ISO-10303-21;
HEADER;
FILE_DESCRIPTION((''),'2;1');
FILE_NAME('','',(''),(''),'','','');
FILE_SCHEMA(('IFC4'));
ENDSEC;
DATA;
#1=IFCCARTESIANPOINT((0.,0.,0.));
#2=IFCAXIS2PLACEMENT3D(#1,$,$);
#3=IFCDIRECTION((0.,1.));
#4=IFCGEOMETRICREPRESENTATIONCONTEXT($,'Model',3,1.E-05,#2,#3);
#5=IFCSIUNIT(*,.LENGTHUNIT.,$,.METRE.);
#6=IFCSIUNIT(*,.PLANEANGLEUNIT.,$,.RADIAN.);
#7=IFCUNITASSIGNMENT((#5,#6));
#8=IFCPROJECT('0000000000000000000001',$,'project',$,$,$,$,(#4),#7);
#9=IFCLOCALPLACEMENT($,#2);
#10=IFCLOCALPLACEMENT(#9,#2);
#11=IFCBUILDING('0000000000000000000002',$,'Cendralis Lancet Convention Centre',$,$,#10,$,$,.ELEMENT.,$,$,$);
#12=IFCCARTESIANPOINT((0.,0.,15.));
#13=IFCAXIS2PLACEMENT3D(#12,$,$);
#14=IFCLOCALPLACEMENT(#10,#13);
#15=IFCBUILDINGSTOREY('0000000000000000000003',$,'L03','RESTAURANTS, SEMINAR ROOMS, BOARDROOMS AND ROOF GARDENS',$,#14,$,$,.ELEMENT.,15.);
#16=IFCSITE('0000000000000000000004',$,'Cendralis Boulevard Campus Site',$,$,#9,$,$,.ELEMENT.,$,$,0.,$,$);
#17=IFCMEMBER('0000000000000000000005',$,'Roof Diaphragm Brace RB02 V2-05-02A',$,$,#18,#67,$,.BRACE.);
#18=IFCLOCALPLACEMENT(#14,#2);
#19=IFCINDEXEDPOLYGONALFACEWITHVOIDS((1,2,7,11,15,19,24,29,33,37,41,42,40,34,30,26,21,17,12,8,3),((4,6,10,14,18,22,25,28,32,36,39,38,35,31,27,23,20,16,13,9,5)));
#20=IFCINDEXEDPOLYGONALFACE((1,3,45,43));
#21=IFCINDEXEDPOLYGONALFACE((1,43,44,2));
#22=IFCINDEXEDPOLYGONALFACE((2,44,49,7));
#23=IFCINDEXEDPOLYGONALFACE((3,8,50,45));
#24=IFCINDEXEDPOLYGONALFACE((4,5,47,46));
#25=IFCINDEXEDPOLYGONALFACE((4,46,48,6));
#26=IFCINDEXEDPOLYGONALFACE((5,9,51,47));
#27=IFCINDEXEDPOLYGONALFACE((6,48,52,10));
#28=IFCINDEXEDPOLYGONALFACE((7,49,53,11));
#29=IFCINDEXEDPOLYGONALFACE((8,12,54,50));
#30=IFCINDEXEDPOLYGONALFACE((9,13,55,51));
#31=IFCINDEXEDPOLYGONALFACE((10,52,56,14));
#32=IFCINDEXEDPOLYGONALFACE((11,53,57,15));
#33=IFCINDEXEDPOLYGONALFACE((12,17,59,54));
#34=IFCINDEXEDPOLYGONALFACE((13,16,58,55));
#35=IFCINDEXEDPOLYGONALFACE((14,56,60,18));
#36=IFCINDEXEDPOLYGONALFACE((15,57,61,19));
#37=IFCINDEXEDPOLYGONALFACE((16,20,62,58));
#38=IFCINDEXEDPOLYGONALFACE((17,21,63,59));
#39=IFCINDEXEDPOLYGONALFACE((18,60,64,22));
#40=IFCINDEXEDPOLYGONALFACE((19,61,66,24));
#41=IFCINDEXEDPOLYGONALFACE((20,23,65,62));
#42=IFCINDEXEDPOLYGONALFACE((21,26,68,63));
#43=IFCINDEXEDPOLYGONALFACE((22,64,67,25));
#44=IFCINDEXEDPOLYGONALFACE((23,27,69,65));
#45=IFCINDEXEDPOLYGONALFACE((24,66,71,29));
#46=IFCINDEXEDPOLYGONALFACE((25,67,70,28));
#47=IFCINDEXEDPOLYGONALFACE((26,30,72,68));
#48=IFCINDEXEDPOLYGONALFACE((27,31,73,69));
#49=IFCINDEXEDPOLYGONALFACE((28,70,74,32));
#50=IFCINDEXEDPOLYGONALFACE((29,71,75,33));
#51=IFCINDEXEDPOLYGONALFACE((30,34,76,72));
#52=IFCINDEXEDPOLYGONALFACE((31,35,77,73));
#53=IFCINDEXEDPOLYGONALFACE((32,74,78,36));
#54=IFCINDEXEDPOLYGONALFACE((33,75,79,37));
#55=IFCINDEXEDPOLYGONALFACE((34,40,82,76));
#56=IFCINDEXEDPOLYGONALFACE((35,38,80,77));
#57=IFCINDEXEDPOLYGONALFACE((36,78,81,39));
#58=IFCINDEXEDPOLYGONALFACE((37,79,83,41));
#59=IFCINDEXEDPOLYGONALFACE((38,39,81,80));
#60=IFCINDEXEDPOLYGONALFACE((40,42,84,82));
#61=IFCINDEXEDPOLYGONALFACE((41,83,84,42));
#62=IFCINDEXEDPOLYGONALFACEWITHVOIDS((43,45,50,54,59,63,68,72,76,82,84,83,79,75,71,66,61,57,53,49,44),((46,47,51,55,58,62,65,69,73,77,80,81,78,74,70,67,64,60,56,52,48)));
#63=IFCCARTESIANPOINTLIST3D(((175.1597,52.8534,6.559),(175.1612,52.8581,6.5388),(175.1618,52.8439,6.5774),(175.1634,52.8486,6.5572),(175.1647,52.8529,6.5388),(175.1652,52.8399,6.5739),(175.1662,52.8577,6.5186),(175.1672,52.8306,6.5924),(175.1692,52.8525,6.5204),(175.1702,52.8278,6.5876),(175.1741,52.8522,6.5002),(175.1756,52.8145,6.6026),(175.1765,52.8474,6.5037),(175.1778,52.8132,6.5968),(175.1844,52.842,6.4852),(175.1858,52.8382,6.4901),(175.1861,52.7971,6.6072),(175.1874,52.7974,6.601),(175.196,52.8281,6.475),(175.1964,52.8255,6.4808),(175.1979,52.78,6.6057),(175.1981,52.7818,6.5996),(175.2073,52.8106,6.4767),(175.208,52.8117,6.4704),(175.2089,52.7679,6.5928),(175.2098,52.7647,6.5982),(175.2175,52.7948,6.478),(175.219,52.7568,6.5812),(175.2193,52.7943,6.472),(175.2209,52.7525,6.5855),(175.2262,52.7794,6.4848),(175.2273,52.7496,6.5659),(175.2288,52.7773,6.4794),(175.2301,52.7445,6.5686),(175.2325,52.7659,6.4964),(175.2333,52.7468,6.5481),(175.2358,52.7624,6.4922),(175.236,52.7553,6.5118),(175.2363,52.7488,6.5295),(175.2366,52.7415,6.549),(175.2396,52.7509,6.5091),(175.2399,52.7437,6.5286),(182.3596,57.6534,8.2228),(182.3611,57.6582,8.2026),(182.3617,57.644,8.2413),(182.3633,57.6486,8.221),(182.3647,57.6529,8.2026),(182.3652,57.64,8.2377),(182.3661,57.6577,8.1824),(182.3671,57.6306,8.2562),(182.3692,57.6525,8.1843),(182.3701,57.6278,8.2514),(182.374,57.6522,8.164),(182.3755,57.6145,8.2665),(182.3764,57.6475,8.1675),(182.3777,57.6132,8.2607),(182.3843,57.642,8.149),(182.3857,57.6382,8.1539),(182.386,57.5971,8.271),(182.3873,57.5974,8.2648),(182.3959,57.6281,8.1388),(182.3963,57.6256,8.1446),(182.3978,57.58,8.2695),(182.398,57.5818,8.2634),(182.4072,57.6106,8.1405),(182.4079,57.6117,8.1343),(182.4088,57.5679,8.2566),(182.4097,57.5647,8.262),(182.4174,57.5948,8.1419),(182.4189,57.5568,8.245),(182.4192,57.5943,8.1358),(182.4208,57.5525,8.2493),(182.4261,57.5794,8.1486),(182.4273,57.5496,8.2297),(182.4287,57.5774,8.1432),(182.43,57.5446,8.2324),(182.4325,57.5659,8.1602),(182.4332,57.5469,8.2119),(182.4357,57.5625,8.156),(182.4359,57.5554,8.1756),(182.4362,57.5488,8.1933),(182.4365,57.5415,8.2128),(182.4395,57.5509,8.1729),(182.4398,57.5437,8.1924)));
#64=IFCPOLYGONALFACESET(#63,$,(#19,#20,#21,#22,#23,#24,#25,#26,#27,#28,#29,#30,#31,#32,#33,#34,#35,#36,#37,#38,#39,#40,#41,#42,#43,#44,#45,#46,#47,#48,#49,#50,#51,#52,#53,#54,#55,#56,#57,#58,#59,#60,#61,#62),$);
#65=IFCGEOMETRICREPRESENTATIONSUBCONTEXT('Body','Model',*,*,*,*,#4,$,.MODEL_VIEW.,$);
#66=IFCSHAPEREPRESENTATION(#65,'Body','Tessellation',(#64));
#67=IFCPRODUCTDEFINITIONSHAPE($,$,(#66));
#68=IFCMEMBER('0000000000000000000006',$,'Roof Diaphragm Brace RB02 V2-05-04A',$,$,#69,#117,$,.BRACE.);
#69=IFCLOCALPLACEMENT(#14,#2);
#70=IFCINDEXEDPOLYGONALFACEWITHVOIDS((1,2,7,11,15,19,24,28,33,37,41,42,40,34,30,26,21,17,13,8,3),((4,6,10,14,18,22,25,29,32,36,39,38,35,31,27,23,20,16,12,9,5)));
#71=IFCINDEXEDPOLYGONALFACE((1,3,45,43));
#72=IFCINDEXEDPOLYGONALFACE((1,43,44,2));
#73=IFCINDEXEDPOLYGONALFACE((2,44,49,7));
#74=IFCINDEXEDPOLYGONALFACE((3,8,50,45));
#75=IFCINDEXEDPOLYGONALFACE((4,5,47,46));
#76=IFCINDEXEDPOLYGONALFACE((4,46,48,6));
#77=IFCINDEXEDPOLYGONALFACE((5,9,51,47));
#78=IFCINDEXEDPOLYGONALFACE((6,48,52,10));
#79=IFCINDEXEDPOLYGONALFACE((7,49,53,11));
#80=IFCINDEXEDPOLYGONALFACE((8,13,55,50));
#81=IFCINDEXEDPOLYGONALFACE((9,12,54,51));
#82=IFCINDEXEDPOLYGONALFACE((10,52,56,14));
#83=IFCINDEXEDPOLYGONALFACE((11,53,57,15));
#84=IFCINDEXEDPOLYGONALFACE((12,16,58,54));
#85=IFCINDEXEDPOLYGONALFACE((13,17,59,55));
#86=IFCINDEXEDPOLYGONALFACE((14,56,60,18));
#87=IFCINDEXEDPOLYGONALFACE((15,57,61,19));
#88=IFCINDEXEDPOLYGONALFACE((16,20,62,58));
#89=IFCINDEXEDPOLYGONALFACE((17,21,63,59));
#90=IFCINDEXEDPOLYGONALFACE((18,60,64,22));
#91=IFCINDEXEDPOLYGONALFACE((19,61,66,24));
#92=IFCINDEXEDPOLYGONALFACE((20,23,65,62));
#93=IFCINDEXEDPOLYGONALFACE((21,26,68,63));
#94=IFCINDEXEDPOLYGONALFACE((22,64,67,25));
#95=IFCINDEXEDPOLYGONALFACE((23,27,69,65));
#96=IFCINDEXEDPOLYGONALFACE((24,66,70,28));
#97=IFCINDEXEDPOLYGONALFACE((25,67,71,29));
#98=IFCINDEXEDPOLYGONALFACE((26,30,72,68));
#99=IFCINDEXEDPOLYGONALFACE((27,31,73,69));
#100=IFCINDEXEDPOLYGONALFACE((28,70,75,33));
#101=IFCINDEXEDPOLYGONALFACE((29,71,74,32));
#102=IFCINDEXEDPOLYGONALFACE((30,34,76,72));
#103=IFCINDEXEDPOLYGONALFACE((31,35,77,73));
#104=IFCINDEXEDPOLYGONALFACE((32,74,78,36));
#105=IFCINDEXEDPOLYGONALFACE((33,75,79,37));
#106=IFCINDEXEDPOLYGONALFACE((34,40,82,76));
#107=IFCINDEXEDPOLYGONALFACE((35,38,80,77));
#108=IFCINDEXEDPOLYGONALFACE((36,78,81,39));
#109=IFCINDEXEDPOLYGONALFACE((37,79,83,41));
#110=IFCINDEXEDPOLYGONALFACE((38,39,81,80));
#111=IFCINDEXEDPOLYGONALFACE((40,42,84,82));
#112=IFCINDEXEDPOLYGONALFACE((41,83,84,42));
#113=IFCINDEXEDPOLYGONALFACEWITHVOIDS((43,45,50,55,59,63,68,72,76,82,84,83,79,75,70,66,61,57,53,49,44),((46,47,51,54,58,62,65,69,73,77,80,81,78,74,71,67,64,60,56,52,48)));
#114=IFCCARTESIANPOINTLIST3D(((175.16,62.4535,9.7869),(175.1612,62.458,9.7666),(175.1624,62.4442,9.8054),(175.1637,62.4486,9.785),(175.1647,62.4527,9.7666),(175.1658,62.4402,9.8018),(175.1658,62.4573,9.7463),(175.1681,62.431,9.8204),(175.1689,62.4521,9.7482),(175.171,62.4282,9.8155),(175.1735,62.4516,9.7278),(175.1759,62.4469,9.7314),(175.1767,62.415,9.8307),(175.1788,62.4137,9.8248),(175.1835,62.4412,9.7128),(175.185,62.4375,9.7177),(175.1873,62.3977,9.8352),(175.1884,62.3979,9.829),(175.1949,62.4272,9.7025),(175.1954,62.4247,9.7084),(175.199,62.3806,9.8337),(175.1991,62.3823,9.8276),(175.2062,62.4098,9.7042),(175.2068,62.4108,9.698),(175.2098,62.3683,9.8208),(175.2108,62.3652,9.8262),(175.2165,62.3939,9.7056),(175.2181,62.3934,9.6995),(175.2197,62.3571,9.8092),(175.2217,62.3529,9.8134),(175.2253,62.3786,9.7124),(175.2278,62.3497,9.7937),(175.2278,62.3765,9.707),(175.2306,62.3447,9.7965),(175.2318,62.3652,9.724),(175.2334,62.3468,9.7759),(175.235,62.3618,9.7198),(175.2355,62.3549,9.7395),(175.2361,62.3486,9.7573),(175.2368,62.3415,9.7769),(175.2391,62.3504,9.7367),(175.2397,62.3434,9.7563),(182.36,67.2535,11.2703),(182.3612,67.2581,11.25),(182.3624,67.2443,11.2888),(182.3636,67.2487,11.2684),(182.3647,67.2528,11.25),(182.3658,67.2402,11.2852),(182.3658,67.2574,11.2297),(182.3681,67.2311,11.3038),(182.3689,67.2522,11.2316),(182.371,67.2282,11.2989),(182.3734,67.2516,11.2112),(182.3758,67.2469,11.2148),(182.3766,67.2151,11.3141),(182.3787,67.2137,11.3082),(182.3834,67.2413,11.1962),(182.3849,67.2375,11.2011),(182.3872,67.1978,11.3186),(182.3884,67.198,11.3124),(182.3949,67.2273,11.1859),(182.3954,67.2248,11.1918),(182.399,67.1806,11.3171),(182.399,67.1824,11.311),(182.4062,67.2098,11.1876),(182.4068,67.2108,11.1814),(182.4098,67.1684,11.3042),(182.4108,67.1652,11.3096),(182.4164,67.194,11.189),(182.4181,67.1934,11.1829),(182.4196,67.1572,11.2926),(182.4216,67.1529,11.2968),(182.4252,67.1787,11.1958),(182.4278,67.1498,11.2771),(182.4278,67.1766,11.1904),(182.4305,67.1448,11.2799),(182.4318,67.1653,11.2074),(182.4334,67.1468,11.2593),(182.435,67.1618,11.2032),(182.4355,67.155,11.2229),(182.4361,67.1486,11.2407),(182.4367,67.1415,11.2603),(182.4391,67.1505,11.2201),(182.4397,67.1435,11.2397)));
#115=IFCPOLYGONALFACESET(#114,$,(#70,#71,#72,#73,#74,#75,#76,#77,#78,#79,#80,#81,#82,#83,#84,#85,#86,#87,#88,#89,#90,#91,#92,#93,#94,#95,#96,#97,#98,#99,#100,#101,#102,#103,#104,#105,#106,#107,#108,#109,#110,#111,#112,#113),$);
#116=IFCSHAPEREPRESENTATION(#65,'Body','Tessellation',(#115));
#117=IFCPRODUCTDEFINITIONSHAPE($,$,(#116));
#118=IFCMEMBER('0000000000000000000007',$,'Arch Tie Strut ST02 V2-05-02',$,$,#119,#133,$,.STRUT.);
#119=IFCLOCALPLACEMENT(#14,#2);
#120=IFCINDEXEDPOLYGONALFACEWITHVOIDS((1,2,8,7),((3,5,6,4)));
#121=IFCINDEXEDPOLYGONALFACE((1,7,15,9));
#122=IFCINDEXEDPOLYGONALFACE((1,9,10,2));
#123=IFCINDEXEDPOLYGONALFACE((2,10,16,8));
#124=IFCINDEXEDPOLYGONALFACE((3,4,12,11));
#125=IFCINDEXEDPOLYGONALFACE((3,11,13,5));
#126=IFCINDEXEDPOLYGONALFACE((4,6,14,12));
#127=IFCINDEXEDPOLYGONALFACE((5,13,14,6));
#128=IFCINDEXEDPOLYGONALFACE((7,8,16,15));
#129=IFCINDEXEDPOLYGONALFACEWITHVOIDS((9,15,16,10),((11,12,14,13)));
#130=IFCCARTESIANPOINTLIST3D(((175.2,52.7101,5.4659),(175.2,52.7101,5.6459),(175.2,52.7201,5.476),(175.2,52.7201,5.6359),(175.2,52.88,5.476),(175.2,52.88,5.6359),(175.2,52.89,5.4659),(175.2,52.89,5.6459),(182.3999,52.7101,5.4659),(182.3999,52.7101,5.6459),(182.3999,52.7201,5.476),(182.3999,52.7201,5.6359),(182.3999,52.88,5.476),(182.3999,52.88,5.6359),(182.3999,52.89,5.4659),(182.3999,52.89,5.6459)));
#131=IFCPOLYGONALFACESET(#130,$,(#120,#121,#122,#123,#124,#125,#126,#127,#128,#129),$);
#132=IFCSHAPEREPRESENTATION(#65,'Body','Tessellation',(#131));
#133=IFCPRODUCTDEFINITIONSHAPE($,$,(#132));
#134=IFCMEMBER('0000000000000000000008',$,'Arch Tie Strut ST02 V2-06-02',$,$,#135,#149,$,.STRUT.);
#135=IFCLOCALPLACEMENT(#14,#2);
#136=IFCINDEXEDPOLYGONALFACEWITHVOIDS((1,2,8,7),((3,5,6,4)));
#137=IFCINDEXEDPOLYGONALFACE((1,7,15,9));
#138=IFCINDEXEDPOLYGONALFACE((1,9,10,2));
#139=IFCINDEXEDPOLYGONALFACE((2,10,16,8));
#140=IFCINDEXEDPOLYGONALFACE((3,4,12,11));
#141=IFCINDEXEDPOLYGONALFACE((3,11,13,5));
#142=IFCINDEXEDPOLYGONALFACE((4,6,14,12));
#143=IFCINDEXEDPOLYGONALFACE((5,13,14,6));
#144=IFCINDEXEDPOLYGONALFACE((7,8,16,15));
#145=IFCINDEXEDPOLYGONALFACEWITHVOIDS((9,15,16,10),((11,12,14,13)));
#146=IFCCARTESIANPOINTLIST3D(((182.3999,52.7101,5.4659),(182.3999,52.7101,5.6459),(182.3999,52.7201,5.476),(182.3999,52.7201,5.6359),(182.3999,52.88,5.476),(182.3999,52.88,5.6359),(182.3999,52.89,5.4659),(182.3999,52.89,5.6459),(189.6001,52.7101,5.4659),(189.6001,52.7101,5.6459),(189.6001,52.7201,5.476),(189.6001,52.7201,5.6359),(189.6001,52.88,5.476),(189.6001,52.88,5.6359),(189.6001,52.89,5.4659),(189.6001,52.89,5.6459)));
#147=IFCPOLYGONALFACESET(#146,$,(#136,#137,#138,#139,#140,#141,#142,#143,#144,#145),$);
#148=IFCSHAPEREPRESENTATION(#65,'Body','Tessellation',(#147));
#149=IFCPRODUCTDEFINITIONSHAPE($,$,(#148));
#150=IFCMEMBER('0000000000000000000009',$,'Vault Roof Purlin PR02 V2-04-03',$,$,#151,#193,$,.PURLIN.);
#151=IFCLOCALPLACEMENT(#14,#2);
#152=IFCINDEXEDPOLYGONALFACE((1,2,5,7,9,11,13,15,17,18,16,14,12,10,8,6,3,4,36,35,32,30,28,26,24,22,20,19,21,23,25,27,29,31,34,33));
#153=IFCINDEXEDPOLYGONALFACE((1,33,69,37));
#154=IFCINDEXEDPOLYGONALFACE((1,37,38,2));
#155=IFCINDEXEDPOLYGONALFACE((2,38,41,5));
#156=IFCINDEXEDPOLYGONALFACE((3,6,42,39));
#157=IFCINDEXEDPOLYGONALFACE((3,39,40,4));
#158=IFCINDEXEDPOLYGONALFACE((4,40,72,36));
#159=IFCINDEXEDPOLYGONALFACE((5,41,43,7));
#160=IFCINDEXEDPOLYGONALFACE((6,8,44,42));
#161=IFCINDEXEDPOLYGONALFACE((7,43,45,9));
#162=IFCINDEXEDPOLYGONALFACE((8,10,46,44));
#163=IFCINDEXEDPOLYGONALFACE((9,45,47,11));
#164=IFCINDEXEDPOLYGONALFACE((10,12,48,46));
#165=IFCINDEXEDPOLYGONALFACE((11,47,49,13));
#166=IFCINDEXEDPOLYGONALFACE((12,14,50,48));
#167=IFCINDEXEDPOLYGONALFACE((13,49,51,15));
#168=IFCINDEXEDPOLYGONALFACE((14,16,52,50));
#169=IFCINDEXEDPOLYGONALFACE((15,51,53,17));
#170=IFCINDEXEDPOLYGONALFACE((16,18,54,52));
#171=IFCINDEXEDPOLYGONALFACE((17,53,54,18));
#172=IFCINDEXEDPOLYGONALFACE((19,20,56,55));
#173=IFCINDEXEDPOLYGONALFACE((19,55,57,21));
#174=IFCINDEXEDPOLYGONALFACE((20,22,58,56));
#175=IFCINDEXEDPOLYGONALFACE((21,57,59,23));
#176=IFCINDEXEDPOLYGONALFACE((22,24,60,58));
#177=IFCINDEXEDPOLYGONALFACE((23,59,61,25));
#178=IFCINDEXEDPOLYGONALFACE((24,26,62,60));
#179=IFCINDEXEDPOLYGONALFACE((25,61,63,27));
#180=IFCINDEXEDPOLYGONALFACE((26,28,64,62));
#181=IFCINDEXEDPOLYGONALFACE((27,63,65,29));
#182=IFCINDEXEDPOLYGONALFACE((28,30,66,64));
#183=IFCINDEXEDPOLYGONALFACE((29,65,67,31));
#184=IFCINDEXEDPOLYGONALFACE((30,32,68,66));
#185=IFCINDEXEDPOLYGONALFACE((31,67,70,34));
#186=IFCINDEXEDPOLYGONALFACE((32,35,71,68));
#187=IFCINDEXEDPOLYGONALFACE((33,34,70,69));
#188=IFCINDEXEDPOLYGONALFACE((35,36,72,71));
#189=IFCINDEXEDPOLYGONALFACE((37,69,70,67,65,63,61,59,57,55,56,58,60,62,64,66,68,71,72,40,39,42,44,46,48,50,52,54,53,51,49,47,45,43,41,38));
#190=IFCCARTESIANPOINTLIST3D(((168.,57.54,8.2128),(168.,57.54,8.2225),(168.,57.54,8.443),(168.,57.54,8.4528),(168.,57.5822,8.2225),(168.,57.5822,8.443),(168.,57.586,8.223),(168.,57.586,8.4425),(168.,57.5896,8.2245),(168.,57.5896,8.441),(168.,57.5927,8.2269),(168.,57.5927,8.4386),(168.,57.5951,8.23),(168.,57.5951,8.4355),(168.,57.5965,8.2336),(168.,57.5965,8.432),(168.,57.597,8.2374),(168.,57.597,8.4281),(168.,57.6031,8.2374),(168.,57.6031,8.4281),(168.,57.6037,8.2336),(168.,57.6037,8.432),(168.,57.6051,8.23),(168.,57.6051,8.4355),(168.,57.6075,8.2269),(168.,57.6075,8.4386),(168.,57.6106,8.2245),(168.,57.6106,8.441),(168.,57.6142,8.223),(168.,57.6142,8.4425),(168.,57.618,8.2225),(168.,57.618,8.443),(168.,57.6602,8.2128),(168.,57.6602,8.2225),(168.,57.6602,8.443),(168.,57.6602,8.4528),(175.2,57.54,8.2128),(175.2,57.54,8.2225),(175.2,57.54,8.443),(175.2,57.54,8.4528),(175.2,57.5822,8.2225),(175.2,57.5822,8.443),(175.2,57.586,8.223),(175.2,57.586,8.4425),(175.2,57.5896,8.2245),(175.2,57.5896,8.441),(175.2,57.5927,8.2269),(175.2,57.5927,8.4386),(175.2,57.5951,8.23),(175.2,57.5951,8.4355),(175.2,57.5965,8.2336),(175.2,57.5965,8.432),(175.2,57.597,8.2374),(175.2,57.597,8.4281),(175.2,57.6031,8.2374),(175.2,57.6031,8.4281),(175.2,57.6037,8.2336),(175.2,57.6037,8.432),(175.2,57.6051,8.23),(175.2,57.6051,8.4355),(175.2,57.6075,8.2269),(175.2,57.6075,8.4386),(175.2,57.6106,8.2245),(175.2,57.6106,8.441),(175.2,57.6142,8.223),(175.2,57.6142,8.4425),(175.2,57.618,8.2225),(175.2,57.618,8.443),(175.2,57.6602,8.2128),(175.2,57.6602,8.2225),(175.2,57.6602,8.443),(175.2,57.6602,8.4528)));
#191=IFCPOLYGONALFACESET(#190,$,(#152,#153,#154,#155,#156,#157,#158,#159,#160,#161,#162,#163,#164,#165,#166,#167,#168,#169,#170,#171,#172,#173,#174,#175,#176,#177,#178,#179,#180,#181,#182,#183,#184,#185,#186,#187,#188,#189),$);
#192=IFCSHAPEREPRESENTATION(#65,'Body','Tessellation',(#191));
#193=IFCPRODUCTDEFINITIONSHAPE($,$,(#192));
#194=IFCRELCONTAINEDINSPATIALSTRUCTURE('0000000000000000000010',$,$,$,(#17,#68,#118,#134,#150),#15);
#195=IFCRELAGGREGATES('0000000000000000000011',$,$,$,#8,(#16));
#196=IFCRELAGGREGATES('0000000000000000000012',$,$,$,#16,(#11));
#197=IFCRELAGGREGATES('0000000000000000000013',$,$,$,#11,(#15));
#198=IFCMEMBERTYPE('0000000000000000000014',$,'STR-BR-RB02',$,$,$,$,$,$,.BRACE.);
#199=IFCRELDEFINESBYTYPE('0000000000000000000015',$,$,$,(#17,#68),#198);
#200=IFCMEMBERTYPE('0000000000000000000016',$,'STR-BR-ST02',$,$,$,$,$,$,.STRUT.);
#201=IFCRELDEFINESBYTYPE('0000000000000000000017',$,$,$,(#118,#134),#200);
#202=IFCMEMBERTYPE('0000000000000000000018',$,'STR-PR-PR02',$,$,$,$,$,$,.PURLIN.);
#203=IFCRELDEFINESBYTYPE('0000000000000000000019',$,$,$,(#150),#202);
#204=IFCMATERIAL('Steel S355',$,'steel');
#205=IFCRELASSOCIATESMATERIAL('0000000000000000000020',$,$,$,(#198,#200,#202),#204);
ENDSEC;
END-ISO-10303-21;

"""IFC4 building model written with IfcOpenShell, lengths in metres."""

from ifc_helpers import new_model, si_unit, direction, frame, origin, origin_2d, place, context, subcontext, project, spatial, hollow_rectangle, hollow_circle, i_section, extrude, material, material_profile, profile_set, type_object, element, save


model = new_model("IFC4")

# Units and contexts
model_context = context("Model", 3, precision=1e-05, world=origin(), true_north=direction((0.0, 1.0)))
body_context = subcontext(model_context, "Body", "Model", "MODEL_VIEW")
ifc_project = project(units=[si_unit("LENGTHUNIT", "METRE"), si_unit("PLANEANGLEUNIT", "RADIAN")], contexts=[model_context])

# Site, building, storey
site_placement = place(None, origin())
site = spatial("IfcSite", under=ifc_project, at=site_placement, Name="Cendralis Boulevard Campus Site", CompositionType="ELEMENT", RefElevation=0.0)
building_placement = place(site_placement, origin())
building = spatial("IfcBuilding", under=site, at=building_placement, Name="Cendralis Lancet Convention Centre", CompositionType="ELEMENT")
storey_placement = place(building_placement, frame((0.0, 0.0, 15.0)))
storey = spatial("IfcBuildingStorey", under=building, at=storey_placement, Name="L03", Description="RESTAURANTS, SEMINAR ROOMS, BOARDROOMS AND ROOF GARDENS", CompositionType="ELEMENT", Elevation=15.0)

# Members
ifc_material = material(Name="Steel S355", Category="steel")
ifc_material_profile_1 = material_profile(ifc_material, hollow_circle(Radius=0.0698, WallThickness=0.0063, at=origin_2d()), Name="CHS 139.7x6.3")
ifc_profile_set_1 = profile_set([ifc_material_profile_1], Name="Steel S355")
member_type_1 = type_object("IfcMemberType", Name="STR-BR-RB02", PredefinedType="BRACE", material=ifc_profile_set_1)
member_1_placement = place(storey_placement, frame((175.2, 52.8, 6.5388), z_axis=(0.817079, 0.544729, 0.188817), x_axis=(-0.554707, 0.832046, 0.0)))
element("IfcMember", 1, at=member_1_placement, inside=storey, type_object=member_type_1, Name="Roof Diaphragm Brace RB02 V2-05-02A", PredefinedType="BRACE", context=body_context, shape_type="SweptSolid", body=[
    extrude(hollow_circle(Radius=0.0698, WallThickness=0.0063, at=origin_2d()), origin(), (0.0, 0.0, 1.0), 8.8118),
])
member_2_placement = place(storey_placement, frame((175.2, 62.3999, 9.7666), z_axis=(0.820083, 0.546732, 0.168961), x_axis=(-0.554707, 0.832046, 0.0)))
element("IfcMember", 2, at=member_2_placement, inside=storey, type_object=member_type_1, Name="Roof Diaphragm Brace RB02 V2-05-04A", PredefinedType="BRACE", context=body_context, shape_type="SweptSolid", body=[
    extrude(hollow_circle(Radius=0.0698, WallThickness=0.0063, at=origin_2d()), origin(), (0.0, 0.0, 1.0), 8.7795),
])
ifc_material_profile_2 = material_profile(ifc_material, hollow_rectangle(XDim=0.1799, YDim=0.1799, WallThickness=0.01, at=origin_2d()), Name="SHS 180x180x10.0")
ifc_profile_set_2 = profile_set([ifc_material_profile_2], Name="Steel S355")
member_type_2 = type_object("IfcMemberType", Name="STR-BR-ST02", PredefinedType="STRUT", material=ifc_profile_set_2)
member_3_placement = place(storey_placement, frame((175.2, 52.8, 5.5559), z_axis=(1.0, 0.0, 0.0), x_axis=(0.0, 1.0, 0.0)))
element("IfcMember", 3, at=member_3_placement, inside=storey, type_object=member_type_2, Name="Arch Tie Strut ST02 V2-05-02", PredefinedType="STRUT", context=body_context, shape_type="SweptSolid", body=[
    extrude(hollow_rectangle(XDim=0.1799, YDim=0.1799, WallThickness=0.01, at=origin_2d()), origin(), (0.0, 0.0, 1.0), 7.2),
])
member_4_placement = place(storey_placement, frame((182.3999, 52.8, 5.5559), z_axis=(1.0, 0.0, 0.0), x_axis=(0.0, 1.0, 0.0)))
element("IfcMember", 4, at=member_4_placement, inside=storey, type_object=member_type_2, Name="Arch Tie Strut ST02 V2-06-02", PredefinedType="STRUT", context=body_context, shape_type="SweptSolid", body=[
    extrude(hollow_rectangle(XDim=0.1799, YDim=0.1799, WallThickness=0.01, at=origin_2d()), origin(), (0.0, 0.0, 1.0), 7.2002),
])
ifc_material_profile_3 = material_profile(ifc_material, i_section(OverallWidth=0.1201, OverallDepth=0.24, WebThickness=0.0061, FlangeThickness=0.0098, FilletRadius=0.0149, at=origin_2d()), Name="IPE 240")
ifc_profile_set_3 = profile_set([ifc_material_profile_3], Name="Steel S355")
member_type_3 = type_object("IfcMemberType", Name="STR-PR-PR02", PredefinedType="PURLIN", material=ifc_profile_set_3)
for number, where, z_axis, x_axis, name in (
    (5, (168.0, 57.6001, 8.3328), (1.0, 0.0, 0.0), (0.0, 1.0, 0.0), "Vault Roof Purlin PR02 V2-04-03"),
):
    element("IfcMember", number, at=place(storey_placement, frame(where, z_axis=z_axis, x_axis=x_axis)), inside=storey, type_object=member_type_3, Name=name, PredefinedType="PURLIN", context=body_context, shape_type="SweptSolid", body=[
        extrude(i_section(OverallWidth=0.1201, OverallDepth=0.24, WebThickness=0.0061, FlangeThickness=0.0098, FilletRadius=0.0149, at=origin_2d()), origin(), (0.0, 0.0, 1.0), 7.2),
    ])

save(model, "model.ifc")
